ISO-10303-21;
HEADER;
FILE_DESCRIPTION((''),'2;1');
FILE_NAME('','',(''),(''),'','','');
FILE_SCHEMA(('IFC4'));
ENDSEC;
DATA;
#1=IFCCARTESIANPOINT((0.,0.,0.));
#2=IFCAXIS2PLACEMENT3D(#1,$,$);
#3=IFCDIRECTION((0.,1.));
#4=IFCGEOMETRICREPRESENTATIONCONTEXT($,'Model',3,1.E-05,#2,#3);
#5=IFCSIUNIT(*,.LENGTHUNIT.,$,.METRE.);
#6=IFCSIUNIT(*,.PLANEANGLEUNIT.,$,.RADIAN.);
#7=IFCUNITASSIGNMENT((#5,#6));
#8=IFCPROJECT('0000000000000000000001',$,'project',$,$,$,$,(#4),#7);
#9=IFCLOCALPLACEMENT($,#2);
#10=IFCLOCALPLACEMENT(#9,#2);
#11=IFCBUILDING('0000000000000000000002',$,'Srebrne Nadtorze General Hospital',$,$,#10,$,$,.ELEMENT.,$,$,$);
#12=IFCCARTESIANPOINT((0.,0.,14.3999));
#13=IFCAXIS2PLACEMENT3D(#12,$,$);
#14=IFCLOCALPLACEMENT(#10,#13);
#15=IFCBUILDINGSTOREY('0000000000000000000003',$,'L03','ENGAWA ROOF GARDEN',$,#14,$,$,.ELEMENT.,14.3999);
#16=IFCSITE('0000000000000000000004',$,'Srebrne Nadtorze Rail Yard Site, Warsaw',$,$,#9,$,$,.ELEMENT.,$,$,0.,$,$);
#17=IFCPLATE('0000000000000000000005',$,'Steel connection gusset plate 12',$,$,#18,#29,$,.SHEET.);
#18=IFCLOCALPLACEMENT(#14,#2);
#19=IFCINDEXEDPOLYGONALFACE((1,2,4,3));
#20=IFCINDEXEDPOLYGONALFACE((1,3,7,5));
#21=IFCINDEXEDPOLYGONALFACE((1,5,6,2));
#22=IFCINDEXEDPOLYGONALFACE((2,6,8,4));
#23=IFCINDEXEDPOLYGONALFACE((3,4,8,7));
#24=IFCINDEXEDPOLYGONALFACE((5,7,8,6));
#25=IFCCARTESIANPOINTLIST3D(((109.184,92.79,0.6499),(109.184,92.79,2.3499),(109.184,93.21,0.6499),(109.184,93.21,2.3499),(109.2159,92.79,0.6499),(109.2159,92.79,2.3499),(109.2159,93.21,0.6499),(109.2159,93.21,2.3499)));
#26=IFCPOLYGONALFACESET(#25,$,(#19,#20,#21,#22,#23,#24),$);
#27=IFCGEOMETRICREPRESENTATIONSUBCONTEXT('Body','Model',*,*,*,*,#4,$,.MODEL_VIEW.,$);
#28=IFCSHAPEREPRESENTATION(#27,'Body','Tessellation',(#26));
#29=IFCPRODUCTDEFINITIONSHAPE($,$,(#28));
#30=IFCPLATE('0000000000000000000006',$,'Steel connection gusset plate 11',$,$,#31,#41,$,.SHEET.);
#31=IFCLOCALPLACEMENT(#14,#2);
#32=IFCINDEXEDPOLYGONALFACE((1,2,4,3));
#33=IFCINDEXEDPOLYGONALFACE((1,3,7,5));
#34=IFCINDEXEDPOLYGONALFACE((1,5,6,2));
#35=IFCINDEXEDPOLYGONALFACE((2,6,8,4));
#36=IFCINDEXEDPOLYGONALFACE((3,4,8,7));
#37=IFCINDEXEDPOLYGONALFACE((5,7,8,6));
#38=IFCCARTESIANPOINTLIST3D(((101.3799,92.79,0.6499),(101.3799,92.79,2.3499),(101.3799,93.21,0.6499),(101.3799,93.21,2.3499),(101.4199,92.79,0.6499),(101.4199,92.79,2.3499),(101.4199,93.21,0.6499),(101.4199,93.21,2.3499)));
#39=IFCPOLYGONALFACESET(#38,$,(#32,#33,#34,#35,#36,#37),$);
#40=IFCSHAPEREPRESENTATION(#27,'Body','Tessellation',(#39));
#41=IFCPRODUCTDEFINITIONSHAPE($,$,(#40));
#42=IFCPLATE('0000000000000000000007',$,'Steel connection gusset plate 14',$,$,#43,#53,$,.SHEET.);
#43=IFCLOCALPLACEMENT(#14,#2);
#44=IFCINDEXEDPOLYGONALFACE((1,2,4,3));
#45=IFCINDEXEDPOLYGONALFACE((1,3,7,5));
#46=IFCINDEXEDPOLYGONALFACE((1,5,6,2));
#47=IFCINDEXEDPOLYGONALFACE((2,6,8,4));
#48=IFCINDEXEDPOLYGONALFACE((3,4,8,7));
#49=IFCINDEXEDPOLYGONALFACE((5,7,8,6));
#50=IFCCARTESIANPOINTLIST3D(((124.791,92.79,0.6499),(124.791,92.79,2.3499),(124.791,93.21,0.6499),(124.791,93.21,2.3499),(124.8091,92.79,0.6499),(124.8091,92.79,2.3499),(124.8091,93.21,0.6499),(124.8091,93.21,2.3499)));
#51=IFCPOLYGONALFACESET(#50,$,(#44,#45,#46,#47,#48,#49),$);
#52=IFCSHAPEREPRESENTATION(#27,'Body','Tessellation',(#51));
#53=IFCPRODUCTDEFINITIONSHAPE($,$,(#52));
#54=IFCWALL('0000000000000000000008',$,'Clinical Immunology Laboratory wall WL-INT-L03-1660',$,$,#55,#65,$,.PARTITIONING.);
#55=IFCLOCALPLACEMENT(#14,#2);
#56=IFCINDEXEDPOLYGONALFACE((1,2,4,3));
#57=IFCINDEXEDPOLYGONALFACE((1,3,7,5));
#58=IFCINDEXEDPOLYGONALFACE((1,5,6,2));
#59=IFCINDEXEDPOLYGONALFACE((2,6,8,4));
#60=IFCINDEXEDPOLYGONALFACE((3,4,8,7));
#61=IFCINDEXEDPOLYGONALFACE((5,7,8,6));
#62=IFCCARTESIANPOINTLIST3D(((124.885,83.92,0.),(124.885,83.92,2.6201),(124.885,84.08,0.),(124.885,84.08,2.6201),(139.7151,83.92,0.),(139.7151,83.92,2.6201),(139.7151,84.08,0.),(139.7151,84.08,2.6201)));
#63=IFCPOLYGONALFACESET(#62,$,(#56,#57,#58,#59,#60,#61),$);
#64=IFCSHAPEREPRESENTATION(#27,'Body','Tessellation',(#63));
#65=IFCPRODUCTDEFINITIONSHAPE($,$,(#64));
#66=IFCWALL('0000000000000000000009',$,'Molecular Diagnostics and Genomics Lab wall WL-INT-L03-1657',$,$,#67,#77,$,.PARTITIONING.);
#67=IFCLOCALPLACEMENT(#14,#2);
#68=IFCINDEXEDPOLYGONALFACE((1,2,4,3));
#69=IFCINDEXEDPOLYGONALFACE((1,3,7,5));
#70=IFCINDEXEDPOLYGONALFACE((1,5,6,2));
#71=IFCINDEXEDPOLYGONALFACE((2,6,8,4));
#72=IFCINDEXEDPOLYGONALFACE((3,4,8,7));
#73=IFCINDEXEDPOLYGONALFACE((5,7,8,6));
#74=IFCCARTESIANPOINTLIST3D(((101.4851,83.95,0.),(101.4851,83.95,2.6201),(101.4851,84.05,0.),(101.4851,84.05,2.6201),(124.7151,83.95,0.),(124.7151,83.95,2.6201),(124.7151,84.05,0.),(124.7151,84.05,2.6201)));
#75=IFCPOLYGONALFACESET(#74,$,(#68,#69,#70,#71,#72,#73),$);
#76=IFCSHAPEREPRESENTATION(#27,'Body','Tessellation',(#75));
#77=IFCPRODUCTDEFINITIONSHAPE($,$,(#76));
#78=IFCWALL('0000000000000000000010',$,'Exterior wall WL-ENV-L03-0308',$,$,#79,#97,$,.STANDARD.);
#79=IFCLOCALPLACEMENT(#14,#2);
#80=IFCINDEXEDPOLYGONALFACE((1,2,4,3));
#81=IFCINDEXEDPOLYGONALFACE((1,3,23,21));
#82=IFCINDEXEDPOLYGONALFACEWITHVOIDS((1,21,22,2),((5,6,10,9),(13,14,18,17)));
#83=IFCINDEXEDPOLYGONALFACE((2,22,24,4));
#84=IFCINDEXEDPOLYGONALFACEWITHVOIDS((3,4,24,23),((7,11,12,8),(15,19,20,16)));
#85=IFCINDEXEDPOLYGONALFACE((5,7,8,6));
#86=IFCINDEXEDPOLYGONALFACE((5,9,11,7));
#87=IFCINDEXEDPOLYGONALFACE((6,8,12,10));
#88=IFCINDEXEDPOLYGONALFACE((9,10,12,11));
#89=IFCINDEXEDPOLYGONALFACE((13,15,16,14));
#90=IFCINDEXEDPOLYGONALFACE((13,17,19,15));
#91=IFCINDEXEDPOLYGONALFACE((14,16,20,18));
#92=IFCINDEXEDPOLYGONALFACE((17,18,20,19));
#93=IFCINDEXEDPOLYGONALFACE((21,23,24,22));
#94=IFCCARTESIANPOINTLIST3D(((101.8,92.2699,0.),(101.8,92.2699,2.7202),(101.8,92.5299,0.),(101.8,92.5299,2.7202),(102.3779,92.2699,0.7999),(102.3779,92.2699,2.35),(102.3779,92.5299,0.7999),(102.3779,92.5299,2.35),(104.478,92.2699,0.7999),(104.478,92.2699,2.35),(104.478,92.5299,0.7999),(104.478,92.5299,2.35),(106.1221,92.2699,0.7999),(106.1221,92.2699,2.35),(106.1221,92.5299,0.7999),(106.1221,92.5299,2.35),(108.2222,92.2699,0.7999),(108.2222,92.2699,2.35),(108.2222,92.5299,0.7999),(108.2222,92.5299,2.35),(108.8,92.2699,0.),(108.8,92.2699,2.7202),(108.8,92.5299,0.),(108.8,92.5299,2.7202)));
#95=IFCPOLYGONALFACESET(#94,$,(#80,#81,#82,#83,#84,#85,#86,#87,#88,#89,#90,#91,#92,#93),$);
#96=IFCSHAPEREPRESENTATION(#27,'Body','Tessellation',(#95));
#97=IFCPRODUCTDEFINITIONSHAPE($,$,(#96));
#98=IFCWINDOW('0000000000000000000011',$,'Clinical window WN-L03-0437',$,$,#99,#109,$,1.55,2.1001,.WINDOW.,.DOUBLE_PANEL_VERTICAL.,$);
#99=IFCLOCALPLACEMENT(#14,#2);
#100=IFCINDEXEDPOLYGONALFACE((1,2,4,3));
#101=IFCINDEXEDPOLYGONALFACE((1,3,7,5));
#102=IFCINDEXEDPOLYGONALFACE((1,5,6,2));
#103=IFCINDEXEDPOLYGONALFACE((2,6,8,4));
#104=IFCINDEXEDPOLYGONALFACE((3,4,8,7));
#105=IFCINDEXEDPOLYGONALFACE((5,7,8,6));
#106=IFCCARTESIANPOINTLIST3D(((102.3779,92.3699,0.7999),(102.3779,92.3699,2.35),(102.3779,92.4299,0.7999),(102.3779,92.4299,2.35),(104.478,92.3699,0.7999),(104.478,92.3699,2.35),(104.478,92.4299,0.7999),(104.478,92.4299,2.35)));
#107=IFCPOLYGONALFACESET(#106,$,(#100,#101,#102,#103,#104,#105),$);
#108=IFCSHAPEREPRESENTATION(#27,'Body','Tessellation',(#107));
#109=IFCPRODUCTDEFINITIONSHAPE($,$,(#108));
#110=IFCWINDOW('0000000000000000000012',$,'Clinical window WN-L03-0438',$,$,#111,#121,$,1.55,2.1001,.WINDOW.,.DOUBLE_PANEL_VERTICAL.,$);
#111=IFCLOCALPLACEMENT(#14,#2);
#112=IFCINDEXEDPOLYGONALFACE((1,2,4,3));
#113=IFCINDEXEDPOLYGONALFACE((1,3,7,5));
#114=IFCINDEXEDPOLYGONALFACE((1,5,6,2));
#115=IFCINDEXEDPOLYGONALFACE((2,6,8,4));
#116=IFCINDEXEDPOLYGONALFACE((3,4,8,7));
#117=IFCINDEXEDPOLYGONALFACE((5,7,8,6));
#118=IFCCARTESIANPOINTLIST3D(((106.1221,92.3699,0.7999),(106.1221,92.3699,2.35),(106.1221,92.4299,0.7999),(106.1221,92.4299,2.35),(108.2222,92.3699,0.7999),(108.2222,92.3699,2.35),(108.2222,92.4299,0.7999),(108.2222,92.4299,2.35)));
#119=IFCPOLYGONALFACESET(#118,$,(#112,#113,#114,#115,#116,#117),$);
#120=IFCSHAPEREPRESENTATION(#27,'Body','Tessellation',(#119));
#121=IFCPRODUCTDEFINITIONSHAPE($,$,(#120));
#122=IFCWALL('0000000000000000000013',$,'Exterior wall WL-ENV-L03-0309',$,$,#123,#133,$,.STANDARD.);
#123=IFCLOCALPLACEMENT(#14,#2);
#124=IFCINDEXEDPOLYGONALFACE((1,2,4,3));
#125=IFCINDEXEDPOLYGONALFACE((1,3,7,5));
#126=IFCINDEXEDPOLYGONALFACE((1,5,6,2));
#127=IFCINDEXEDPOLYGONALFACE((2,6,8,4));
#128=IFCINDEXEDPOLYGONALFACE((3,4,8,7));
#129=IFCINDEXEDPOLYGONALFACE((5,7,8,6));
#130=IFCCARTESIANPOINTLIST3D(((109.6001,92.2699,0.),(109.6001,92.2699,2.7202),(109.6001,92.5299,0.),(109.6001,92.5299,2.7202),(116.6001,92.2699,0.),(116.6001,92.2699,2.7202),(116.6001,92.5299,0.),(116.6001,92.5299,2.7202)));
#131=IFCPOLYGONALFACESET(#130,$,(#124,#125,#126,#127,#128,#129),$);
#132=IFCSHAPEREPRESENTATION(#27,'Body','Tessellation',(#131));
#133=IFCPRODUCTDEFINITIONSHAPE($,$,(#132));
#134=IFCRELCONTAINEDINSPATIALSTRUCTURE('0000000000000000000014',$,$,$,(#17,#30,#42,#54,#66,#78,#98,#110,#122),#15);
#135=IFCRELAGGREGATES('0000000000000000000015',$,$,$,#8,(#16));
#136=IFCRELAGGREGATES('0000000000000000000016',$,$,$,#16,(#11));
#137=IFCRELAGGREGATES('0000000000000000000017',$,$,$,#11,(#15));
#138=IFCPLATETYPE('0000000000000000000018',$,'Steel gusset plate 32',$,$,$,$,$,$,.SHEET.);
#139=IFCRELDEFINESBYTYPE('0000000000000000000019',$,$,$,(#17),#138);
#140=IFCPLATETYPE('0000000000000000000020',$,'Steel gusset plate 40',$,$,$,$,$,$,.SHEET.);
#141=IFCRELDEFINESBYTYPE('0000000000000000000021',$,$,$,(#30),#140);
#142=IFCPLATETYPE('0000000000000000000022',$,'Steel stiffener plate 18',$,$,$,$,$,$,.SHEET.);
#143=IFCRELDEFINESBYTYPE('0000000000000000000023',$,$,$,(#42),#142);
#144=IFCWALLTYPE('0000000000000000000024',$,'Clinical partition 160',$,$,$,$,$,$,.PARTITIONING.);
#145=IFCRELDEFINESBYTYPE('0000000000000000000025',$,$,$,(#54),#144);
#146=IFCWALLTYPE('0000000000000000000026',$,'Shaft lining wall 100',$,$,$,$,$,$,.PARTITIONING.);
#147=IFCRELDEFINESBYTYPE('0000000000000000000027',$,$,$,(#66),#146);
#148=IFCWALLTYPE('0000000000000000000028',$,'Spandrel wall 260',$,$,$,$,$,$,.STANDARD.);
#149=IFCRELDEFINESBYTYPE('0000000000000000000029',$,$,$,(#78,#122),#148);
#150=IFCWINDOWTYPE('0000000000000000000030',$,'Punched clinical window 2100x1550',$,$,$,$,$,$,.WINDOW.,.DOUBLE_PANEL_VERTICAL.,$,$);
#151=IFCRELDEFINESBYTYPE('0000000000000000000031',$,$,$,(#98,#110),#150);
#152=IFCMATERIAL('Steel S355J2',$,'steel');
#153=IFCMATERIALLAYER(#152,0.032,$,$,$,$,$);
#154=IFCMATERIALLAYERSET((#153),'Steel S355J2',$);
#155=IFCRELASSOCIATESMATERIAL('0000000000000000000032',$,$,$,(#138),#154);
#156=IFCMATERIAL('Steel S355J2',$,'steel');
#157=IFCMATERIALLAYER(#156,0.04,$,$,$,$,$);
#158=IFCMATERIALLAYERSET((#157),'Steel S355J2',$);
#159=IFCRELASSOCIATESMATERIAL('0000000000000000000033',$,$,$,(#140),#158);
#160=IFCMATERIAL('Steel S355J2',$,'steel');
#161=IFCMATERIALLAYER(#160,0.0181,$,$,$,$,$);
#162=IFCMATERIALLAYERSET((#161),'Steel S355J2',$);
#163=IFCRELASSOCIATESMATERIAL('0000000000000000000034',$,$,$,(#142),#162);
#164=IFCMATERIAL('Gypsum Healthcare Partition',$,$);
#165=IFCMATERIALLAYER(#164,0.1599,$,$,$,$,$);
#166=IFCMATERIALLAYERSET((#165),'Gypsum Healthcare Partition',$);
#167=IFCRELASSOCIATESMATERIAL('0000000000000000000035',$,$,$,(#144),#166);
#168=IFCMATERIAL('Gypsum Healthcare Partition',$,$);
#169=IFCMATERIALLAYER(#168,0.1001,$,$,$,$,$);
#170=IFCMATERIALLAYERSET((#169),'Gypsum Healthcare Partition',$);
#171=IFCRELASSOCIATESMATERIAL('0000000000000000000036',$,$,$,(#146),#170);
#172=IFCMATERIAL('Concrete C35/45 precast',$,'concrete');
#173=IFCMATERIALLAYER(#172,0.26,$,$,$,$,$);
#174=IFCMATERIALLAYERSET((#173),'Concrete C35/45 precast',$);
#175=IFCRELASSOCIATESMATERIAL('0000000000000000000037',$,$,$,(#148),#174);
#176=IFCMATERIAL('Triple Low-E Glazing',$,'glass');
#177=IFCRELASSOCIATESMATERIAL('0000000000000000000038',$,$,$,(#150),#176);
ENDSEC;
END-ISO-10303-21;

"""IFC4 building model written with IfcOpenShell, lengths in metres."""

from ifc_helpers import new_model, si_unit, direction, frame, frame_2d, origin, origin_2d, place, context, subcontext, project, spatial, rectangle, extrude, material, layer, layer_set, type_object, element, fill, save


model = new_model("IFC4")

# Units and contexts
model_context = context("Model", 3, precision=1e-05, world=origin(), true_north=direction((0.0, 1.0)))
body_context = subcontext(model_context, "Body", "Model", "MODEL_VIEW")
ifc_project = project(units=[si_unit("LENGTHUNIT", "METRE"), si_unit("PLANEANGLEUNIT", "RADIAN")], contexts=[model_context])

# Site, building, storey
site_placement = place(None, origin())
site = spatial("IfcSite", under=ifc_project, at=site_placement, Name="Srebrne Nadtorze Rail Yard Site, Warsaw", CompositionType="ELEMENT", RefElevation=0.0)
building_placement = place(site_placement, origin())
building = spatial("IfcBuilding", under=site, at=building_placement, Name="Srebrne Nadtorze General Hospital", CompositionType="ELEMENT")
storey_placement = place(building_placement, frame((0.0, 0.0, 14.3999)))
storey = spatial("IfcBuildingStorey", under=building, at=storey_placement, Name="L03", Description="ENGAWA ROOF GARDEN", CompositionType="ELEMENT", Elevation=14.3999)

# Plates
ifc_material_1 = material(Name="Steel S355J2", Category="steel")
ifc_layer_1 = layer(ifc_material_1, 0.032)
ifc_layer_set_1 = layer_set([ifc_layer_1], Name="Steel S355J2")
plate_type_1 = type_object("IfcPlateType", Name="Steel gusset plate 32", PredefinedType="SHEET", material=ifc_layer_set_1)
plate_1_placement = place(storey_placement, frame((109.2, 93.0, 0.6499), z_axis=(0.0, 0.0, 1.0), x_axis=(1.0, 0.0, 0.0)))
element("IfcPlate", 1, at=plate_1_placement, inside=storey, type_object=plate_type_1, Name="Steel connection gusset plate 12", PredefinedType="SHEET", context=body_context, shape_type="SweptSolid", body=[
    extrude(rectangle(XDim=0.032, YDim=0.4199, at=origin_2d()), origin(), (0.0, 0.0, 1.0), 1.7),
])
ifc_material_2 = material(Name="Steel S355J2", Category="steel")
ifc_layer_2 = layer(ifc_material_2, 0.04)
ifc_layer_set_2 = layer_set([ifc_layer_2], Name="Steel S355J2")
plate_type_2 = type_object("IfcPlateType", Name="Steel gusset plate 40", PredefinedType="SHEET", material=ifc_layer_set_2)
plate_2_placement = place(storey_placement, frame((101.3999, 93.0, 0.6499), z_axis=(0.0, 0.0, 1.0), x_axis=(1.0, 0.0, 0.0)))
element("IfcPlate", 2, at=plate_2_placement, inside=storey, type_object=plate_type_2, Name="Steel connection gusset plate 11", PredefinedType="SHEET", context=body_context, shape_type="SweptSolid", body=[
    extrude(rectangle(XDim=0.04, YDim=0.4199, at=origin_2d()), origin(), (0.0, 0.0, 1.0), 1.7),
])
ifc_material_3 = material(Name="Steel S355J2", Category="steel")
ifc_layer_3 = layer(ifc_material_3, 0.0181)
ifc_layer_set_3 = layer_set([ifc_layer_3], Name="Steel S355J2")
plate_type_3 = type_object("IfcPlateType", Name="Steel stiffener plate 18", PredefinedType="SHEET", material=ifc_layer_set_3)
plate_3_placement = place(storey_placement, frame((124.8, 93.0, 0.6499), z_axis=(0.0, 0.0, 1.0), x_axis=(1.0, 0.0, 0.0)))
element("IfcPlate", 3, at=plate_3_placement, inside=storey, type_object=plate_type_3, Name="Steel connection gusset plate 14", PredefinedType="SHEET", context=body_context, shape_type="SweptSolid", body=[
    extrude(rectangle(XDim=0.0181, YDim=0.4199, at=origin_2d()), origin(), (0.0, 0.0, 1.0), 1.7),
])

# Walls
ifc_material_4 = material(Name="Gypsum Healthcare Partition")
ifc_layer_4 = layer(ifc_material_4, 0.1599)
ifc_layer_set_4 = layer_set([ifc_layer_4], Name="Gypsum Healthcare Partition")
wall_type_1 = type_object("IfcWallType", Name="Clinical partition 160", PredefinedType="PARTITIONING", material=ifc_layer_set_4)
wall_1_placement = place(storey_placement, frame((124.885, 84.0, 0.0), z_axis=(0.0, 0.0, 1.0), x_axis=(1.0, 0.0, 0.0)))
element("IfcWall", 4, at=wall_1_placement, inside=storey, type_object=wall_type_1, Name="Clinical Immunology Laboratory wall WL-INT-L03-1660", PredefinedType="PARTITIONING", context=body_context, shape_type="SweptSolid", body=[
    extrude(rectangle(XDim=14.8301, YDim=0.1599, at=frame_2d((7.415, 0.0))), origin(), (0.0, 0.0, 1.0), 2.6201),
])
ifc_material_5 = material(Name="Gypsum Healthcare Partition")
ifc_layer_5 = layer(ifc_material_5, 0.1001)
ifc_layer_set_5 = layer_set([ifc_layer_5], Name="Gypsum Healthcare Partition")
wall_type_2 = type_object("IfcWallType", Name="Shaft lining wall 100", PredefinedType="PARTITIONING", material=ifc_layer_set_5)
wall_2_placement = place(storey_placement, frame((101.4851, 84.0, 0.0), z_axis=(0.0, 0.0, 1.0), x_axis=(1.0, 0.0, 0.0)))
element("IfcWall", 5, at=wall_2_placement, inside=storey, type_object=wall_type_2, Name="Molecular Diagnostics and Genomics Lab wall WL-INT-L03-1657", PredefinedType="PARTITIONING", context=body_context, shape_type="SweptSolid", body=[
    extrude(rectangle(XDim=23.23, YDim=0.1001, at=frame_2d((11.615, 0.0))), origin(), (0.0, 0.0, 1.0), 2.6201),
])

# Wall, openings, windows
ifc_material_6 = material(Name="Concrete C35/45 precast", Category="concrete")
ifc_layer_6 = layer(ifc_material_6, 0.26)
ifc_layer_set_6 = layer_set([ifc_layer_6], Name="Concrete C35/45 precast")
wall_type_3 = type_object("IfcWallType", Name="Spandrel wall 260", PredefinedType="STANDARD", material=ifc_layer_set_6)
wall_3_placement = place(storey_placement, frame((101.8, 92.3999, 0.0), z_axis=(0.0, 0.0, 1.0), x_axis=(1.0, 0.0, 0.0)))
wall_3 = element("IfcWall", 6, at=wall_3_placement, inside=storey, type_object=wall_type_3, Name="Exterior wall WL-ENV-L03-0308", PredefinedType="STANDARD", context=body_context, shape_type="SweptSolid", body=[
    extrude(rectangle(XDim=7.0, YDim=0.26, at=frame_2d((3.5, 0.0))), origin(), (0.0, 0.0, 1.0), 2.7202),
])
opening_1_placement = place(wall_3_placement, frame((0.5779, 0.0, 0.8)))
opening_1 = element("IfcOpeningElement", 7, at=opening_1_placement, cuts=wall_3, PredefinedType="OPENING", context=body_context, shape_type="SweptSolid", body=[
    extrude(rectangle(XDim=2.1001, YDim=1.55, at=frame_2d((1.05, 0.7749))), frame((0.0, 0.1421, 0.0), z_axis=(0.0, -1.0, 0.0), x_axis=(1.0, 0.0, 0.0)), (0.0, 0.0, 1.0), 0.2839),
])
opening_2_placement = place(wall_3_placement, frame((4.322, 0.0, 0.8)))
opening_2 = element("IfcOpeningElement", 8, at=opening_2_placement, cuts=wall_3, PredefinedType="OPENING", context=body_context, shape_type="SweptSolid", body=[
    extrude(rectangle(XDim=2.1001, YDim=1.55, at=frame_2d((1.05, 0.7749))), frame((0.0, 0.1421, 0.0), z_axis=(0.0, -1.0, 0.0), x_axis=(1.0, 0.0, 0.0)), (0.0, 0.0, 1.0), 0.2839),
])
ifc_material_7 = material(Name="Triple Low-E Glazing", Category="glass")
window_type_1 = type_object("IfcWindowType", Name="Punched clinical window 2100x1550", PartitioningType="DOUBLE_PANEL_VERTICAL", PredefinedType="WINDOW", material=ifc_material_7)
window_1_placement = place(opening_1_placement, origin())
window_1 = element("IfcWindow", 9, at=window_1_placement, inside=storey, type_object=window_type_1, Name="Clinical window WN-L03-0437", OverallHeight=1.55, OverallWidth=2.1001, PartitioningType="DOUBLE_PANEL_VERTICAL", PredefinedType="WINDOW", context=body_context, shape_type="SweptSolid", body=[
    extrude(rectangle(XDim=2.1001, YDim=1.55, at=frame_2d((1.05, 0.7749))), frame((0.0, 0.03, 0.0), z_axis=(0.0, -1.0, 0.0), x_axis=(1.0, 0.0, 0.0)), (0.0, 0.0, 1.0), 0.0601),
])
fill(opening_1, window_1)
window_2_placement = place(opening_2_placement, origin())
window_2 = element("IfcWindow", 10, at=window_2_placement, inside=storey, type_object=window_type_1, Name="Clinical window WN-L03-0438", OverallHeight=1.55, OverallWidth=2.1001, PartitioningType="DOUBLE_PANEL_VERTICAL", PredefinedType="WINDOW", context=body_context, shape_type="SweptSolid", body=[
    extrude(rectangle(XDim=2.1001, YDim=1.55, at=frame_2d((1.05, 0.7749))), frame((0.0, 0.03, 0.0), z_axis=(0.0, -1.0, 0.0), x_axis=(1.0, 0.0, 0.0)), (0.0, 0.0, 1.0), 0.0601),
])
fill(opening_2, window_2)

# Wall
wall_4_placement = place(storey_placement, frame((109.6001, 92.3999, 0.0), z_axis=(0.0, 0.0, 1.0), x_axis=(1.0, 0.0, 0.0)))
element("IfcWall", 11, at=wall_4_placement, inside=storey, type_object=wall_type_3, Name="Exterior wall WL-ENV-L03-0309", PredefinedType="STANDARD", context=body_context, shape_type="SweptSolid", body=[
    extrude(rectangle(XDim=7.0, YDim=0.26, at=frame_2d((3.5, 0.0))), origin(), (0.0, 0.0, 1.0), 2.7202),
])

save(model, "model.ifc")
